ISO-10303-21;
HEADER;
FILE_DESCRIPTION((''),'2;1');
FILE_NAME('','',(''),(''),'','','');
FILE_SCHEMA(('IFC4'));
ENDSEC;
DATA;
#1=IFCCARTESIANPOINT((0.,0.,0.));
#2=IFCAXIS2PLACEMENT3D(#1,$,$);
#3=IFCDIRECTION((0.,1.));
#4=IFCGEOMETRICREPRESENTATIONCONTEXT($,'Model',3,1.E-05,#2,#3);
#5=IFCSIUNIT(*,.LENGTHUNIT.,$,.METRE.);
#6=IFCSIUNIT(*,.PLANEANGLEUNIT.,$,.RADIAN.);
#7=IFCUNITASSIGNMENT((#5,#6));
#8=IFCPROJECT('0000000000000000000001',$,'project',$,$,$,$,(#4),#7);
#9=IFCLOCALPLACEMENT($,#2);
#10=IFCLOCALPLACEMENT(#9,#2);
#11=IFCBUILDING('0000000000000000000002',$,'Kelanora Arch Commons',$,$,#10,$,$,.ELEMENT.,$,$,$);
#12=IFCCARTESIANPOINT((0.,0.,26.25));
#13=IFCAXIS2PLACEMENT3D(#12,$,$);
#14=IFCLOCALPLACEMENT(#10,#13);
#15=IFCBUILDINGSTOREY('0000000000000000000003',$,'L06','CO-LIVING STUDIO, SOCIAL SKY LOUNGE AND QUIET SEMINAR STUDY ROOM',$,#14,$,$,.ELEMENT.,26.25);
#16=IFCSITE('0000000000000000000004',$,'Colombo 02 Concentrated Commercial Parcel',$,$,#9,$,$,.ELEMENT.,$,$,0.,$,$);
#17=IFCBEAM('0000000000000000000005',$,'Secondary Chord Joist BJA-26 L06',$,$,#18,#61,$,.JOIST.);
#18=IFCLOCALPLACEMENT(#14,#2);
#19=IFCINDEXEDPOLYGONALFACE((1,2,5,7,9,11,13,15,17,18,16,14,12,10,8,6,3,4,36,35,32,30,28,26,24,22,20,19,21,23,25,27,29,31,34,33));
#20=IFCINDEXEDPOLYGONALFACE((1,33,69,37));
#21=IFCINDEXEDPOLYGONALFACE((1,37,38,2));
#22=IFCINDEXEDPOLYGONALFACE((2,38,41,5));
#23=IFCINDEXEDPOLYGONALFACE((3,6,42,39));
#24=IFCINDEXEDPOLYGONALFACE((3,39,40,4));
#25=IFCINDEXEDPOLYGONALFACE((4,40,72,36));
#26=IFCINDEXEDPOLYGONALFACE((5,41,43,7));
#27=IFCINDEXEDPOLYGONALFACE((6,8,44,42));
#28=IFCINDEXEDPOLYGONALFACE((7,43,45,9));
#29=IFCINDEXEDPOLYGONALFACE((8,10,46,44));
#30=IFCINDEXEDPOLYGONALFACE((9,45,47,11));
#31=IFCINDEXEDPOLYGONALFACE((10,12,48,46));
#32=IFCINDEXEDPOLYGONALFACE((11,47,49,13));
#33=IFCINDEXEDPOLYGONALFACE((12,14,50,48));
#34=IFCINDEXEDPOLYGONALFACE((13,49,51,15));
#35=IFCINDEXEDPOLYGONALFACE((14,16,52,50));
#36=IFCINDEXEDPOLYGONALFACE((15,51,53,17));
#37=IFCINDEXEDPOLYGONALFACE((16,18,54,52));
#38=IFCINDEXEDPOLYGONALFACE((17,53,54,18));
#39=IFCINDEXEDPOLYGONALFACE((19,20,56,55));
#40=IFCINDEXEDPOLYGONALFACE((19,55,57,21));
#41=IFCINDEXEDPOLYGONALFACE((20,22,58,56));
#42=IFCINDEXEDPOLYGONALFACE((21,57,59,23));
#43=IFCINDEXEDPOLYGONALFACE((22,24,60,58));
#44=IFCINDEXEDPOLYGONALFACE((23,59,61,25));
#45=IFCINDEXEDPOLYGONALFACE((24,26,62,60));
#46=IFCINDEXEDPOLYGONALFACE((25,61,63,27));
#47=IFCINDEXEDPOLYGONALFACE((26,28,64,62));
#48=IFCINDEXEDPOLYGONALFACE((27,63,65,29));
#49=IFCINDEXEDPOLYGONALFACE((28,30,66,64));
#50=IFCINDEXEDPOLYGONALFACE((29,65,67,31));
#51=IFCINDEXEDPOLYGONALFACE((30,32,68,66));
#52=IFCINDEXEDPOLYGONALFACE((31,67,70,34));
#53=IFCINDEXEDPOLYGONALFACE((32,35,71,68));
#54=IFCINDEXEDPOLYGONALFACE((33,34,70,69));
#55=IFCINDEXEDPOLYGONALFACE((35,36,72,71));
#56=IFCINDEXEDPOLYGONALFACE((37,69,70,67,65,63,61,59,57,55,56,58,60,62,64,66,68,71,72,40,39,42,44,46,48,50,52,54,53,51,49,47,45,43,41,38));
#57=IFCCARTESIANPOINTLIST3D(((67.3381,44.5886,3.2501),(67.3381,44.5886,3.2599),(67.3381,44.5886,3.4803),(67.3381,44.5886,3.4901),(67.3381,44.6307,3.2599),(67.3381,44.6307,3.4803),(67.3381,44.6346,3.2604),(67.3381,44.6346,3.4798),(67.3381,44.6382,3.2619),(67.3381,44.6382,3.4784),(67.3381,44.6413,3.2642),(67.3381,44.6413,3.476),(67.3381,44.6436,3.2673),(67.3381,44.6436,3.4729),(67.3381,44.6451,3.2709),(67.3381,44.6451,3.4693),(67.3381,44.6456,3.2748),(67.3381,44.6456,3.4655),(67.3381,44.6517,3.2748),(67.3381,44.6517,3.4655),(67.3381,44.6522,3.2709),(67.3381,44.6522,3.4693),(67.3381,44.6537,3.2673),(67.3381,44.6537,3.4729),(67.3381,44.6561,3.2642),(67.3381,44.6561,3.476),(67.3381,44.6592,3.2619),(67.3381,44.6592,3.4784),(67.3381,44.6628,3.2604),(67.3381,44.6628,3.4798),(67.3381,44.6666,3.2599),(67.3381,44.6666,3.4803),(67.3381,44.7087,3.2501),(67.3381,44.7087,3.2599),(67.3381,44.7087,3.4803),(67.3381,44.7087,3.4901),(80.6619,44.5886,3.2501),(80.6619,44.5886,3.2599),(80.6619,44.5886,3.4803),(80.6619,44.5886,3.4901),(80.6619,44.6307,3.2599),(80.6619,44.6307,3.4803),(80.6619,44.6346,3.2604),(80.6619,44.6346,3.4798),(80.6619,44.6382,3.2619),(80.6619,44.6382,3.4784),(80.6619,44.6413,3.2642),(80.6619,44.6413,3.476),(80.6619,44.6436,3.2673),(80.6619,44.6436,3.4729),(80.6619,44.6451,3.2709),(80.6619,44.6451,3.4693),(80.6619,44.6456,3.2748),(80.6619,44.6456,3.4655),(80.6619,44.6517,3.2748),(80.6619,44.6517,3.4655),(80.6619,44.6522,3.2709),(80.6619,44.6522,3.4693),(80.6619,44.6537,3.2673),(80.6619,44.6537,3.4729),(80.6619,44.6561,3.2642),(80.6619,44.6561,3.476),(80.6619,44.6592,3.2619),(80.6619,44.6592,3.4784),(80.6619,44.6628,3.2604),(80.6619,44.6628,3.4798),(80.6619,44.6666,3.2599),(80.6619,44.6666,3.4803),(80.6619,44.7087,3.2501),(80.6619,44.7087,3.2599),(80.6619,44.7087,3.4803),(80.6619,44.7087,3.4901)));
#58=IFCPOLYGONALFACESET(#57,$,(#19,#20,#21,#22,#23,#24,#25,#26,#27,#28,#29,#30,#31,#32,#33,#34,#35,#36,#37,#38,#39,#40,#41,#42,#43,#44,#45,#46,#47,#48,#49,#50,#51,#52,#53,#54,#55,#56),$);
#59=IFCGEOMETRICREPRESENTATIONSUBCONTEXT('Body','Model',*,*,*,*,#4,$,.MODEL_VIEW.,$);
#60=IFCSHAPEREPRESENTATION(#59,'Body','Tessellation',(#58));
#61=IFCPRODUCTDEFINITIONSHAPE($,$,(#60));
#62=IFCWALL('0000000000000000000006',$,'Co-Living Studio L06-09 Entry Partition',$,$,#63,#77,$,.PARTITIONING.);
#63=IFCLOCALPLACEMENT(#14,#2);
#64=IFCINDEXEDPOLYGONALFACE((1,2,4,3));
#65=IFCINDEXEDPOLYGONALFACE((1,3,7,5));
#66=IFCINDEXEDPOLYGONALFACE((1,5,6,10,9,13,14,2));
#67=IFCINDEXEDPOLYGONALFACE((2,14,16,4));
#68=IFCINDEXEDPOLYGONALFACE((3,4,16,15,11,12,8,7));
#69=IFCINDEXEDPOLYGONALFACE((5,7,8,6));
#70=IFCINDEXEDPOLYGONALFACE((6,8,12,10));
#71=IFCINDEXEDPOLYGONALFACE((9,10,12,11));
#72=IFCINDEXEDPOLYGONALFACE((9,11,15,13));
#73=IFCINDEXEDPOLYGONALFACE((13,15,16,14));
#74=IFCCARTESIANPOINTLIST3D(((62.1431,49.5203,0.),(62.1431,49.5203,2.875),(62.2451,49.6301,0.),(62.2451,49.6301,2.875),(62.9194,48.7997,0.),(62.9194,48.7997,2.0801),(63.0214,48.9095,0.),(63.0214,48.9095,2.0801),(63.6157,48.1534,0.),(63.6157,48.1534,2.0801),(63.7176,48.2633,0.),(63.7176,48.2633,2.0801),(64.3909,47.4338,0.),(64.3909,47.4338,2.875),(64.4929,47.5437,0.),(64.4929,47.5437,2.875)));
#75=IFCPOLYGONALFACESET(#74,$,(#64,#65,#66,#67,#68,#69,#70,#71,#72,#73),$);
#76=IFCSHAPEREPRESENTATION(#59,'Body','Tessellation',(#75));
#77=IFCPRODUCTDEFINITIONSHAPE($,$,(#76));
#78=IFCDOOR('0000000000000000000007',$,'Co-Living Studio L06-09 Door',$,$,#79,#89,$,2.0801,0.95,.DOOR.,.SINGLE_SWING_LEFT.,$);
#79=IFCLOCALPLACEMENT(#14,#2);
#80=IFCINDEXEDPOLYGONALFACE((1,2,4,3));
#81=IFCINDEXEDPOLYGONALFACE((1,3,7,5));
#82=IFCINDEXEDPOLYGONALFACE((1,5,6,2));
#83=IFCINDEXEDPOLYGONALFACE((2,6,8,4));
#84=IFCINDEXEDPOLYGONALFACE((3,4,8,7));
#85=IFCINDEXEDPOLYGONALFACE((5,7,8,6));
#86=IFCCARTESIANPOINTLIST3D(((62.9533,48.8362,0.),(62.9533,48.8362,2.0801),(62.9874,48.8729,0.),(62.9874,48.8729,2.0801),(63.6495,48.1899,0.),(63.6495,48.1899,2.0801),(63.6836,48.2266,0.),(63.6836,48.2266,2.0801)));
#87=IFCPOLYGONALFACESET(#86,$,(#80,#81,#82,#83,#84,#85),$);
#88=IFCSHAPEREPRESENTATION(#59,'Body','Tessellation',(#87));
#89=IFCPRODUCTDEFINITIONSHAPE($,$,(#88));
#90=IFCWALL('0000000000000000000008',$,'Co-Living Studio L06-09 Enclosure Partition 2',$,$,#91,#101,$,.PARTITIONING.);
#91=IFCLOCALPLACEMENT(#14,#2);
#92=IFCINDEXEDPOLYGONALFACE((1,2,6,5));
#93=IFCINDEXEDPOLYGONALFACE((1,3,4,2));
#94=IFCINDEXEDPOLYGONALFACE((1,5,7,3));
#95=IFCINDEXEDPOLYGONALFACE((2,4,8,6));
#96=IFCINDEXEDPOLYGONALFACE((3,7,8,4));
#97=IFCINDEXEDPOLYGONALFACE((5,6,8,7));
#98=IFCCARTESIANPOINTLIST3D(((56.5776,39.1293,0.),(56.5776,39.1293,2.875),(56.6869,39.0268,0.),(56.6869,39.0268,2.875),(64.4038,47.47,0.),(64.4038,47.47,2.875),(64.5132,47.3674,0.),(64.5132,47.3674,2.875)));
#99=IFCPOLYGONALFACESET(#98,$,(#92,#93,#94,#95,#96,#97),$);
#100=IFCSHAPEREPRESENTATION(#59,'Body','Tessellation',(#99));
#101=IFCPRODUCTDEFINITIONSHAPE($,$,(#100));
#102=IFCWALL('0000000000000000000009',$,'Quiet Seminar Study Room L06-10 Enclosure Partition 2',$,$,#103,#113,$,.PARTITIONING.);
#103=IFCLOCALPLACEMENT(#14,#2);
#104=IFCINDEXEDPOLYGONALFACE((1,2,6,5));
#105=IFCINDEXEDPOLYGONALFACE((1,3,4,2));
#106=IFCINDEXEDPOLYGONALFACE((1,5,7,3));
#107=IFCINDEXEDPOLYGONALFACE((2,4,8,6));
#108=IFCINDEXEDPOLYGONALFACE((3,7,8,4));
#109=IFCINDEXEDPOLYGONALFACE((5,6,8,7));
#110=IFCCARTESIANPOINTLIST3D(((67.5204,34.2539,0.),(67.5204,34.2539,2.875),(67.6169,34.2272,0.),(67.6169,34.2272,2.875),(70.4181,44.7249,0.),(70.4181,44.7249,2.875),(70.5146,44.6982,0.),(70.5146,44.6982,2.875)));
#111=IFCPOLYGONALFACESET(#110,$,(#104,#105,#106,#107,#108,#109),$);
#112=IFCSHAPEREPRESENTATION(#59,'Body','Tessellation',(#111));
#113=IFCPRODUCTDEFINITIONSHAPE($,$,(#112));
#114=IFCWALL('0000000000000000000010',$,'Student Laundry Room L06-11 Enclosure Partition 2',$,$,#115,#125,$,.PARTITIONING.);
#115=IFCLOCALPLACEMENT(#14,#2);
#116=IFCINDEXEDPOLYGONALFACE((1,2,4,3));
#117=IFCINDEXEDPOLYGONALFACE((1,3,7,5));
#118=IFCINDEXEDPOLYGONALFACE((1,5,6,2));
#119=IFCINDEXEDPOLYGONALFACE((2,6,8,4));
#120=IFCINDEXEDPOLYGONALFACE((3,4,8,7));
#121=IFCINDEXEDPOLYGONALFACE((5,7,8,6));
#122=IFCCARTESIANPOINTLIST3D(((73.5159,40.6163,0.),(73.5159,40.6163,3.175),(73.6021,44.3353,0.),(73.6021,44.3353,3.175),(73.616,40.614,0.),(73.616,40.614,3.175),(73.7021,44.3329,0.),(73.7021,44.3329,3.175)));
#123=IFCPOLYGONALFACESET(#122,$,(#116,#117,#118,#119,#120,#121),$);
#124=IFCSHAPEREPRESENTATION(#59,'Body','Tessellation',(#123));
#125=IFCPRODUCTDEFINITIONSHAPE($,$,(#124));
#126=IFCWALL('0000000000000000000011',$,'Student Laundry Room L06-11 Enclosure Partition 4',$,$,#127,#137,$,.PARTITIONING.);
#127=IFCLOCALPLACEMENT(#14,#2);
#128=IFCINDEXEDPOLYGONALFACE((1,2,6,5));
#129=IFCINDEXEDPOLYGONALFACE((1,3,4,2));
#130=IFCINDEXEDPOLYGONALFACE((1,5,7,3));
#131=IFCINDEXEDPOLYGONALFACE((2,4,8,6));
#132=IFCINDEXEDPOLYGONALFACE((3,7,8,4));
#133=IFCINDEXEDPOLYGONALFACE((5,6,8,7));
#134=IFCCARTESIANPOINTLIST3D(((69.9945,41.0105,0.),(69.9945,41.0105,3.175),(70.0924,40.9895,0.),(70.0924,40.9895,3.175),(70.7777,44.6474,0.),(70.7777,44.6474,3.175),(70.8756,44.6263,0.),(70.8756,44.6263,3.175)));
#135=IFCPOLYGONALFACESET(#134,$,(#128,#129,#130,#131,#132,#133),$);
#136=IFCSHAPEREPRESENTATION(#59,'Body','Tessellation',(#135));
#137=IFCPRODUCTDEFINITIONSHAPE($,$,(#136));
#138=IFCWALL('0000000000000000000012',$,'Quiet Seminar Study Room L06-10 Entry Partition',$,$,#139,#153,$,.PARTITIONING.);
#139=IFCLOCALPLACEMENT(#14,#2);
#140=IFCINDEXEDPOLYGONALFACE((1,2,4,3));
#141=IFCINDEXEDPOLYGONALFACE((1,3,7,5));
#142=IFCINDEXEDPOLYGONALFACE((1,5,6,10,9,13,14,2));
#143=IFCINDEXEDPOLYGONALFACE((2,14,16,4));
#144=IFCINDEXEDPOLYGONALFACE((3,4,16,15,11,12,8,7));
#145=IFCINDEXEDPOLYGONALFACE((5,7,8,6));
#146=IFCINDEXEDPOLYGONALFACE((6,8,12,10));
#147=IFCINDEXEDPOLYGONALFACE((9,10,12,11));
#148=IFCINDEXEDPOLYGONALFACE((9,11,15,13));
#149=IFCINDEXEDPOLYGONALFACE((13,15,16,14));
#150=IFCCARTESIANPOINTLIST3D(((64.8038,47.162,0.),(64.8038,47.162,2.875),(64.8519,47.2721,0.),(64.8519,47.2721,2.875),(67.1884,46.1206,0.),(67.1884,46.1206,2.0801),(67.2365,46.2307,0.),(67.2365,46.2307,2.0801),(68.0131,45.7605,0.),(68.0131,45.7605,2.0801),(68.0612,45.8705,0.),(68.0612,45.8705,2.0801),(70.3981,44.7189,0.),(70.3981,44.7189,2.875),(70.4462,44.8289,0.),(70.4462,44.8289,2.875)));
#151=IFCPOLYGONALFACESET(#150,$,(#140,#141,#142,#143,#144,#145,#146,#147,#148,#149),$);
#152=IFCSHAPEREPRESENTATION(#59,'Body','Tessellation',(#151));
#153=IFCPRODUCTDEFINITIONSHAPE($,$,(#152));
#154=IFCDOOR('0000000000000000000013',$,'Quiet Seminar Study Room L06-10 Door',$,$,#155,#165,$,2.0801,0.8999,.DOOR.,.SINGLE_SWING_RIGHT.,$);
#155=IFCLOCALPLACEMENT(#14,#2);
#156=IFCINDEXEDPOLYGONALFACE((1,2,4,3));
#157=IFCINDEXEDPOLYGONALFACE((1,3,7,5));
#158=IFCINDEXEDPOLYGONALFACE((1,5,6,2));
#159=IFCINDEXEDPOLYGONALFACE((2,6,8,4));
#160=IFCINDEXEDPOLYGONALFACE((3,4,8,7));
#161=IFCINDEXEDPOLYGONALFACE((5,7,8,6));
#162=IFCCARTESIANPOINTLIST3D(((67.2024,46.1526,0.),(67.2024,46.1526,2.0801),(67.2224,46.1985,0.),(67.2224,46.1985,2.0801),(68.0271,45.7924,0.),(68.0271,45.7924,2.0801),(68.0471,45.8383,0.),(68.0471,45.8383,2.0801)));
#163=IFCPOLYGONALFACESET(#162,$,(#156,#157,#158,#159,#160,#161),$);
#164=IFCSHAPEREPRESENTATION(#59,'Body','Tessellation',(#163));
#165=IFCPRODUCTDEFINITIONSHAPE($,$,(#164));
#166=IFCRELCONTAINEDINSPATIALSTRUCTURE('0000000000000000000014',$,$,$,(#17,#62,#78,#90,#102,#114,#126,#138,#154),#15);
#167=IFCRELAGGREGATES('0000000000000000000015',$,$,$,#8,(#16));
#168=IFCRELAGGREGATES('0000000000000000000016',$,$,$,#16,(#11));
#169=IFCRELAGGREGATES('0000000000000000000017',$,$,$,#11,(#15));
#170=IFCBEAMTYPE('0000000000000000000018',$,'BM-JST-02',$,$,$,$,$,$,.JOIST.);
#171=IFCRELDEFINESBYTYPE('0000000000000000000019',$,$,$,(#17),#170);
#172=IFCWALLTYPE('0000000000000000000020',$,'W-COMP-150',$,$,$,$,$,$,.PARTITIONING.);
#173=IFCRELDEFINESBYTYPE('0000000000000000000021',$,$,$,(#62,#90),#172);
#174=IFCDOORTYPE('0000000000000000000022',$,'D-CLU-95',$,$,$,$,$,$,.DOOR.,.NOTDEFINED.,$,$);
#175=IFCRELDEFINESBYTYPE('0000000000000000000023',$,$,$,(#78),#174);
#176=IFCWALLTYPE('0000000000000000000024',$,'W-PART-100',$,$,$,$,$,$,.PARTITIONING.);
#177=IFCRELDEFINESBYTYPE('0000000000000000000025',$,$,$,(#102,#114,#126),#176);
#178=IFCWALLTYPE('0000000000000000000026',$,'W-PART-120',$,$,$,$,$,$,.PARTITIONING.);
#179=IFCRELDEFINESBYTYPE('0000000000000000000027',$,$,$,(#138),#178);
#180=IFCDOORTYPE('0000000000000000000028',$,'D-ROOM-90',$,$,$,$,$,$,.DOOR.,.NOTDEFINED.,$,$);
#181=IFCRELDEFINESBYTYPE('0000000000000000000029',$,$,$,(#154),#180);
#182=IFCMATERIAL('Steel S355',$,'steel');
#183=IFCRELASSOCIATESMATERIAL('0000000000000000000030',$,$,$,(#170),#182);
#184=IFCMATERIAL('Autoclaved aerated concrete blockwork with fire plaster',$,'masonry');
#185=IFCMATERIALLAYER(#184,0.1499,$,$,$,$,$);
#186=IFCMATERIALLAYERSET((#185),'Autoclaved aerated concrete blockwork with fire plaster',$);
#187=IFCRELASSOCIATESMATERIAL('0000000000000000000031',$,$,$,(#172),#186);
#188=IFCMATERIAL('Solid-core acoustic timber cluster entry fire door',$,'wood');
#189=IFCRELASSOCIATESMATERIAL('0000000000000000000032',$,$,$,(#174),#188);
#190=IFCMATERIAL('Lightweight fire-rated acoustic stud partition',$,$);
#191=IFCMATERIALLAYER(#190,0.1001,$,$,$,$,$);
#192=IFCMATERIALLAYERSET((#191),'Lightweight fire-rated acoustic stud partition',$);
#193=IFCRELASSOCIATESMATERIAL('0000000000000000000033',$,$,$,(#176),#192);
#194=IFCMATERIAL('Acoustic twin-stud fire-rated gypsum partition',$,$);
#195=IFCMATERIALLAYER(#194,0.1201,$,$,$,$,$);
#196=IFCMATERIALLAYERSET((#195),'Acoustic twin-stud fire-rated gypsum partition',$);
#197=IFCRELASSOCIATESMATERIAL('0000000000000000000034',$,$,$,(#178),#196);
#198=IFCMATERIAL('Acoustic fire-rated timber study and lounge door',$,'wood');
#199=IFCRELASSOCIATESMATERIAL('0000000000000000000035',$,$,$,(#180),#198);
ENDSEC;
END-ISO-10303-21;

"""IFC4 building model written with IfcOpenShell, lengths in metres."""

from ifc_helpers import new_model, si_unit, direction, frame, frame_2d, origin, origin_2d, place, context, subcontext, project, spatial, rectangle, i_section, extrude, material, layer, layer_set, material_profile, profile_set, type_object, element, fill, save


model = new_model("IFC4")

# Units and contexts
model_context = context("Model", 3, precision=1e-05, world=origin(), true_north=direction((0.0, 1.0)))
body_context = subcontext(model_context, "Body", "Model", "MODEL_VIEW")
ifc_project = project(units=[si_unit("LENGTHUNIT", "METRE"), si_unit("PLANEANGLEUNIT", "RADIAN")], contexts=[model_context])

# Site, building, storey
site_placement = place(None, origin())
site = spatial("IfcSite", under=ifc_project, at=site_placement, Name="Colombo 02 Concentrated Commercial Parcel", CompositionType="ELEMENT", RefElevation=0.0)
building_placement = place(site_placement, origin())
building = spatial("IfcBuilding", under=site, at=building_placement, Name="Kelanora Arch Commons", CompositionType="ELEMENT")
storey_placement = place(building_placement, frame((0.0, 0.0, 26.25)))
storey = spatial("IfcBuildingStorey", under=building, at=storey_placement, Name="L06", Description="CO-LIVING STUDIO, SOCIAL SKY LOUNGE AND QUIET SEMINAR STUDY ROOM", CompositionType="ELEMENT", Elevation=26.25)

# Beam
ifc_material_1 = material(Name="Steel S355", Category="steel")
ifc_material_profile_1 = material_profile(ifc_material_1, i_section(OverallWidth=0.1201, OverallDepth=0.24, WebThickness=0.0061, FlangeThickness=0.0098, FilletRadius=0.0149, at=origin_2d()), Name="IPE240")
ifc_profile_set_1 = profile_set([ifc_material_profile_1], Name="Steel S355")
beam_type_1 = type_object("IfcBeamType", Name="BM-JST-02", PredefinedType="JOIST", material=ifc_profile_set_1)
beam_1_placement = place(storey_placement, frame((67.3381, 44.6487, 3.3701), z_axis=(1.0, 0.0, 0.0), x_axis=(0.0, 1.0, 0.0)))
element("IfcBeam", 1, at=beam_1_placement, inside=storey, type_object=beam_type_1, Name="Secondary Chord Joist BJA-26 L06", PredefinedType="JOIST", context=body_context, shape_type="SweptSolid", body=[
    extrude(i_section(OverallWidth=0.1201, OverallDepth=0.24, WebThickness=0.0061, FlangeThickness=0.0098, FilletRadius=0.0149, at=origin_2d()), origin(), (0.0, 0.0, 1.0), 13.3237),
])

# Wall, opening, door
ifc_material_2 = material(Name="Autoclaved aerated concrete blockwork with fire plaster", Category="masonry")
ifc_layer_1 = layer(ifc_material_2, 0.1499)
ifc_layer_set_1 = layer_set([ifc_layer_1], Name="Autoclaved aerated concrete blockwork with fire plaster")
wall_type_1 = type_object("IfcWallType", Name="W-COMP-150", PredefinedType="PARTITIONING", material=ifc_layer_set_1)
wall_1_placement = place(storey_placement, frame((62.1941, 49.5752, 0.0), z_axis=(0.0, 0.0, 1.0), x_axis=(0.732927, -0.680308, 0.0)))
wall_1 = element("IfcWall", 2, at=wall_1_placement, inside=storey, type_object=wall_type_1, Name="Co-Living Studio L06-09 Entry Partition", PredefinedType="PARTITIONING", context=body_context, shape_type="SweptSolid", body=[
    extrude(rectangle(XDim=3.0669, YDim=0.1499, at=frame_2d((1.5334, 0.0))), origin(), (0.0, 0.0, 1.0), 2.875),
])
opening_1_placement = place(wall_1_placement, frame((1.0591, 0.0, 0.0)))
opening_1 = element("IfcOpeningElement", 3, at=opening_1_placement, cuts=wall_1, PredefinedType="OPENING", context=body_context, shape_type="SweptSolid", body=[
    extrude(rectangle(XDim=0.95, YDim=2.0801, at=frame_2d((0.4751, 1.04))), frame((0.0, 0.085, 0.0), z_axis=(0.0, -1.0, 0.0), x_axis=(1.0, 0.0, 0.0)), (0.0, 0.0, 1.0), 0.1699),
])
ifc_material_3 = material(Name="Solid-core acoustic timber cluster entry fire door", Category="wood")
door_type_1 = type_object("IfcDoorType", Name="D-CLU-95", OperationType="NOTDEFINED", PredefinedType="DOOR", material=ifc_material_3)
door_1_placement = place(opening_1_placement, origin())
door_1 = element("IfcDoor", 4, at=door_1_placement, inside=storey, type_object=door_type_1, Name="Co-Living Studio L06-09 Door", OperationType="SINGLE_SWING_LEFT", OverallHeight=2.0801, OverallWidth=0.95, PredefinedType="DOOR", context=body_context, shape_type="SweptSolid", body=[
    extrude(rectangle(XDim=0.95, YDim=2.0801, at=frame_2d((0.4751, 1.04))), frame((0.0, 0.0249, 0.0), z_axis=(0.0, -1.0, 0.0), x_axis=(1.0, 0.0, 0.0)), (0.0, 0.0, 1.0), 0.05),
])
fill(opening_1, door_1)

# Walls
wall_2_placement = place(storey_placement, frame((64.4585, 47.4187, 0.0), z_axis=(0.0, 0.0, 1.0), x_axis=(-0.684261, -0.729237, 0.0)))
element("IfcWall", 5, at=wall_2_placement, inside=storey, type_object=wall_type_1, Name="Co-Living Studio L06-09 Enclosure Partition 2", PredefinedType="PARTITIONING", context=body_context, shape_type="SweptSolid", body=[
    extrude(rectangle(XDim=11.4375, YDim=0.1499, at=frame_2d((5.7188, 0.0))), origin(), (0.0, 0.0, 1.0), 2.875),
])
ifc_material_4 = material(Name="Lightweight fire-rated acoustic stud partition")
ifc_layer_2 = layer(ifc_material_4, 0.1001)
ifc_layer_set_2 = layer_set([ifc_layer_2], Name="Lightweight fire-rated acoustic stud partition")
wall_type_2 = type_object("IfcWallType", Name="W-PART-100", PredefinedType="PARTITIONING", material=ifc_layer_set_2)
wall_3_placement = place(storey_placement, frame((70.4663, 44.7114, 0.0), z_axis=(0.0, 0.0, 1.0), x_axis=(-0.266713, -0.963776, 0.0)))
element("IfcWall", 6, at=wall_3_placement, inside=storey, type_object=wall_type_2, Name="Quiet Seminar Study Room L06-10 Enclosure Partition 2", PredefinedType="PARTITIONING", context=body_context, shape_type="SweptSolid", body=[
    extrude(rectangle(XDim=10.8645, YDim=0.1001, at=frame_2d((5.4321, 0.0))), origin(), (0.0, 0.0, 1.0), 2.875),
])
wall_4_placement = place(storey_placement, frame((73.6521, 44.334, 0.0), z_axis=(0.0, 0.0, 1.0), x_axis=(-0.023167, -0.999732, 0.0)))
element("IfcWall", 7, at=wall_4_placement, inside=storey, type_object=wall_type_2, Name="Student Laundry Room L06-11 Enclosure Partition 2", PredefinedType="PARTITIONING", context=body_context, shape_type="SweptSolid", body=[
    extrude(rectangle(XDim=3.72, YDim=0.1001, at=frame_2d((1.8599, 0.0))), origin(), (0.0, 0.0, 1.0), 3.175),
])
wall_5_placement = place(storey_placement, frame((70.0435, 41.0, 0.0), z_axis=(0.0, 0.0, 1.0), x_axis=(0.210519, 0.97759, 0.0)))
element("IfcWall", 8, at=wall_5_placement, inside=storey, type_object=wall_type_2, Name="Student Laundry Room L06-11 Enclosure Partition 4", PredefinedType="PARTITIONING", context=body_context, shape_type="SweptSolid", body=[
    extrude(rectangle(XDim=3.7202, YDim=0.1001, at=frame_2d((1.8601, 0.0))), origin(), (0.0, 0.0, 1.0), 3.175),
])

# Wall, opening, door
ifc_material_5 = material(Name="Acoustic twin-stud fire-rated gypsum partition")
ifc_layer_3 = layer(ifc_material_5, 0.1201)
ifc_layer_set_3 = layer_set([ifc_layer_3], Name="Acoustic twin-stud fire-rated gypsum partition")
wall_type_3 = type_object("IfcWallType", Name="W-PART-120", PredefinedType="PARTITIONING", material=ifc_layer_set_3)
wall_6_placement = place(storey_placement, frame((64.8279, 47.217, 0.0), z_axis=(0.0, 0.0, 1.0), x_axis=(0.91642, -0.400219, 0.0)))
wall_6 = element("IfcWall", 9, at=wall_6_placement, inside=storey, type_object=wall_type_3, Name="Quiet Seminar Study Room L06-10 Entry Partition", PredefinedType="PARTITIONING", context=body_context, shape_type="SweptSolid", body=[
    extrude(rectangle(XDim=6.1045, YDim=0.1201, at=frame_2d((3.0522, 0.0))), origin(), (0.0, 0.0, 1.0), 2.875),
])
opening_2_placement = place(wall_6_placement, frame((2.6021, 0.0, 0.0)))
opening_2 = element("IfcOpeningElement", 10, at=opening_2_placement, cuts=wall_6, PredefinedType="OPENING", context=body_context, shape_type="SweptSolid", body=[
    extrude(rectangle(XDim=0.8999, YDim=2.0801, at=frame_2d((0.45, 1.04))), frame((0.0, 0.0701, 0.0), z_axis=(0.0, -1.0, 0.0), x_axis=(1.0, 0.0, 0.0)), (0.0, 0.0, 1.0), 0.1401),
])
ifc_material_6 = material(Name="Acoustic fire-rated timber study and lounge door", Category="wood")
door_type_2 = type_object("IfcDoorType", Name="D-ROOM-90", OperationType="NOTDEFINED", PredefinedType="DOOR", material=ifc_material_6)
door_2_placement = place(opening_2_placement, origin())
door_2 = element("IfcDoor", 11, at=door_2_placement, inside=storey, type_object=door_type_2, Name="Quiet Seminar Study Room L06-10 Door", OperationType="SINGLE_SWING_RIGHT", OverallHeight=2.0801, OverallWidth=0.8999, PredefinedType="DOOR", context=body_context, shape_type="SweptSolid", body=[
    extrude(rectangle(XDim=0.8999, YDim=2.0801, at=frame_2d((0.45, 1.04))), frame((0.0, 0.0249, 0.0), z_axis=(0.0, -1.0, 0.0), x_axis=(1.0, 0.0, 0.0)), (0.0, 0.0, 1.0), 0.05),
])
fill(opening_2, door_2)

save(model, "model.ifc")
